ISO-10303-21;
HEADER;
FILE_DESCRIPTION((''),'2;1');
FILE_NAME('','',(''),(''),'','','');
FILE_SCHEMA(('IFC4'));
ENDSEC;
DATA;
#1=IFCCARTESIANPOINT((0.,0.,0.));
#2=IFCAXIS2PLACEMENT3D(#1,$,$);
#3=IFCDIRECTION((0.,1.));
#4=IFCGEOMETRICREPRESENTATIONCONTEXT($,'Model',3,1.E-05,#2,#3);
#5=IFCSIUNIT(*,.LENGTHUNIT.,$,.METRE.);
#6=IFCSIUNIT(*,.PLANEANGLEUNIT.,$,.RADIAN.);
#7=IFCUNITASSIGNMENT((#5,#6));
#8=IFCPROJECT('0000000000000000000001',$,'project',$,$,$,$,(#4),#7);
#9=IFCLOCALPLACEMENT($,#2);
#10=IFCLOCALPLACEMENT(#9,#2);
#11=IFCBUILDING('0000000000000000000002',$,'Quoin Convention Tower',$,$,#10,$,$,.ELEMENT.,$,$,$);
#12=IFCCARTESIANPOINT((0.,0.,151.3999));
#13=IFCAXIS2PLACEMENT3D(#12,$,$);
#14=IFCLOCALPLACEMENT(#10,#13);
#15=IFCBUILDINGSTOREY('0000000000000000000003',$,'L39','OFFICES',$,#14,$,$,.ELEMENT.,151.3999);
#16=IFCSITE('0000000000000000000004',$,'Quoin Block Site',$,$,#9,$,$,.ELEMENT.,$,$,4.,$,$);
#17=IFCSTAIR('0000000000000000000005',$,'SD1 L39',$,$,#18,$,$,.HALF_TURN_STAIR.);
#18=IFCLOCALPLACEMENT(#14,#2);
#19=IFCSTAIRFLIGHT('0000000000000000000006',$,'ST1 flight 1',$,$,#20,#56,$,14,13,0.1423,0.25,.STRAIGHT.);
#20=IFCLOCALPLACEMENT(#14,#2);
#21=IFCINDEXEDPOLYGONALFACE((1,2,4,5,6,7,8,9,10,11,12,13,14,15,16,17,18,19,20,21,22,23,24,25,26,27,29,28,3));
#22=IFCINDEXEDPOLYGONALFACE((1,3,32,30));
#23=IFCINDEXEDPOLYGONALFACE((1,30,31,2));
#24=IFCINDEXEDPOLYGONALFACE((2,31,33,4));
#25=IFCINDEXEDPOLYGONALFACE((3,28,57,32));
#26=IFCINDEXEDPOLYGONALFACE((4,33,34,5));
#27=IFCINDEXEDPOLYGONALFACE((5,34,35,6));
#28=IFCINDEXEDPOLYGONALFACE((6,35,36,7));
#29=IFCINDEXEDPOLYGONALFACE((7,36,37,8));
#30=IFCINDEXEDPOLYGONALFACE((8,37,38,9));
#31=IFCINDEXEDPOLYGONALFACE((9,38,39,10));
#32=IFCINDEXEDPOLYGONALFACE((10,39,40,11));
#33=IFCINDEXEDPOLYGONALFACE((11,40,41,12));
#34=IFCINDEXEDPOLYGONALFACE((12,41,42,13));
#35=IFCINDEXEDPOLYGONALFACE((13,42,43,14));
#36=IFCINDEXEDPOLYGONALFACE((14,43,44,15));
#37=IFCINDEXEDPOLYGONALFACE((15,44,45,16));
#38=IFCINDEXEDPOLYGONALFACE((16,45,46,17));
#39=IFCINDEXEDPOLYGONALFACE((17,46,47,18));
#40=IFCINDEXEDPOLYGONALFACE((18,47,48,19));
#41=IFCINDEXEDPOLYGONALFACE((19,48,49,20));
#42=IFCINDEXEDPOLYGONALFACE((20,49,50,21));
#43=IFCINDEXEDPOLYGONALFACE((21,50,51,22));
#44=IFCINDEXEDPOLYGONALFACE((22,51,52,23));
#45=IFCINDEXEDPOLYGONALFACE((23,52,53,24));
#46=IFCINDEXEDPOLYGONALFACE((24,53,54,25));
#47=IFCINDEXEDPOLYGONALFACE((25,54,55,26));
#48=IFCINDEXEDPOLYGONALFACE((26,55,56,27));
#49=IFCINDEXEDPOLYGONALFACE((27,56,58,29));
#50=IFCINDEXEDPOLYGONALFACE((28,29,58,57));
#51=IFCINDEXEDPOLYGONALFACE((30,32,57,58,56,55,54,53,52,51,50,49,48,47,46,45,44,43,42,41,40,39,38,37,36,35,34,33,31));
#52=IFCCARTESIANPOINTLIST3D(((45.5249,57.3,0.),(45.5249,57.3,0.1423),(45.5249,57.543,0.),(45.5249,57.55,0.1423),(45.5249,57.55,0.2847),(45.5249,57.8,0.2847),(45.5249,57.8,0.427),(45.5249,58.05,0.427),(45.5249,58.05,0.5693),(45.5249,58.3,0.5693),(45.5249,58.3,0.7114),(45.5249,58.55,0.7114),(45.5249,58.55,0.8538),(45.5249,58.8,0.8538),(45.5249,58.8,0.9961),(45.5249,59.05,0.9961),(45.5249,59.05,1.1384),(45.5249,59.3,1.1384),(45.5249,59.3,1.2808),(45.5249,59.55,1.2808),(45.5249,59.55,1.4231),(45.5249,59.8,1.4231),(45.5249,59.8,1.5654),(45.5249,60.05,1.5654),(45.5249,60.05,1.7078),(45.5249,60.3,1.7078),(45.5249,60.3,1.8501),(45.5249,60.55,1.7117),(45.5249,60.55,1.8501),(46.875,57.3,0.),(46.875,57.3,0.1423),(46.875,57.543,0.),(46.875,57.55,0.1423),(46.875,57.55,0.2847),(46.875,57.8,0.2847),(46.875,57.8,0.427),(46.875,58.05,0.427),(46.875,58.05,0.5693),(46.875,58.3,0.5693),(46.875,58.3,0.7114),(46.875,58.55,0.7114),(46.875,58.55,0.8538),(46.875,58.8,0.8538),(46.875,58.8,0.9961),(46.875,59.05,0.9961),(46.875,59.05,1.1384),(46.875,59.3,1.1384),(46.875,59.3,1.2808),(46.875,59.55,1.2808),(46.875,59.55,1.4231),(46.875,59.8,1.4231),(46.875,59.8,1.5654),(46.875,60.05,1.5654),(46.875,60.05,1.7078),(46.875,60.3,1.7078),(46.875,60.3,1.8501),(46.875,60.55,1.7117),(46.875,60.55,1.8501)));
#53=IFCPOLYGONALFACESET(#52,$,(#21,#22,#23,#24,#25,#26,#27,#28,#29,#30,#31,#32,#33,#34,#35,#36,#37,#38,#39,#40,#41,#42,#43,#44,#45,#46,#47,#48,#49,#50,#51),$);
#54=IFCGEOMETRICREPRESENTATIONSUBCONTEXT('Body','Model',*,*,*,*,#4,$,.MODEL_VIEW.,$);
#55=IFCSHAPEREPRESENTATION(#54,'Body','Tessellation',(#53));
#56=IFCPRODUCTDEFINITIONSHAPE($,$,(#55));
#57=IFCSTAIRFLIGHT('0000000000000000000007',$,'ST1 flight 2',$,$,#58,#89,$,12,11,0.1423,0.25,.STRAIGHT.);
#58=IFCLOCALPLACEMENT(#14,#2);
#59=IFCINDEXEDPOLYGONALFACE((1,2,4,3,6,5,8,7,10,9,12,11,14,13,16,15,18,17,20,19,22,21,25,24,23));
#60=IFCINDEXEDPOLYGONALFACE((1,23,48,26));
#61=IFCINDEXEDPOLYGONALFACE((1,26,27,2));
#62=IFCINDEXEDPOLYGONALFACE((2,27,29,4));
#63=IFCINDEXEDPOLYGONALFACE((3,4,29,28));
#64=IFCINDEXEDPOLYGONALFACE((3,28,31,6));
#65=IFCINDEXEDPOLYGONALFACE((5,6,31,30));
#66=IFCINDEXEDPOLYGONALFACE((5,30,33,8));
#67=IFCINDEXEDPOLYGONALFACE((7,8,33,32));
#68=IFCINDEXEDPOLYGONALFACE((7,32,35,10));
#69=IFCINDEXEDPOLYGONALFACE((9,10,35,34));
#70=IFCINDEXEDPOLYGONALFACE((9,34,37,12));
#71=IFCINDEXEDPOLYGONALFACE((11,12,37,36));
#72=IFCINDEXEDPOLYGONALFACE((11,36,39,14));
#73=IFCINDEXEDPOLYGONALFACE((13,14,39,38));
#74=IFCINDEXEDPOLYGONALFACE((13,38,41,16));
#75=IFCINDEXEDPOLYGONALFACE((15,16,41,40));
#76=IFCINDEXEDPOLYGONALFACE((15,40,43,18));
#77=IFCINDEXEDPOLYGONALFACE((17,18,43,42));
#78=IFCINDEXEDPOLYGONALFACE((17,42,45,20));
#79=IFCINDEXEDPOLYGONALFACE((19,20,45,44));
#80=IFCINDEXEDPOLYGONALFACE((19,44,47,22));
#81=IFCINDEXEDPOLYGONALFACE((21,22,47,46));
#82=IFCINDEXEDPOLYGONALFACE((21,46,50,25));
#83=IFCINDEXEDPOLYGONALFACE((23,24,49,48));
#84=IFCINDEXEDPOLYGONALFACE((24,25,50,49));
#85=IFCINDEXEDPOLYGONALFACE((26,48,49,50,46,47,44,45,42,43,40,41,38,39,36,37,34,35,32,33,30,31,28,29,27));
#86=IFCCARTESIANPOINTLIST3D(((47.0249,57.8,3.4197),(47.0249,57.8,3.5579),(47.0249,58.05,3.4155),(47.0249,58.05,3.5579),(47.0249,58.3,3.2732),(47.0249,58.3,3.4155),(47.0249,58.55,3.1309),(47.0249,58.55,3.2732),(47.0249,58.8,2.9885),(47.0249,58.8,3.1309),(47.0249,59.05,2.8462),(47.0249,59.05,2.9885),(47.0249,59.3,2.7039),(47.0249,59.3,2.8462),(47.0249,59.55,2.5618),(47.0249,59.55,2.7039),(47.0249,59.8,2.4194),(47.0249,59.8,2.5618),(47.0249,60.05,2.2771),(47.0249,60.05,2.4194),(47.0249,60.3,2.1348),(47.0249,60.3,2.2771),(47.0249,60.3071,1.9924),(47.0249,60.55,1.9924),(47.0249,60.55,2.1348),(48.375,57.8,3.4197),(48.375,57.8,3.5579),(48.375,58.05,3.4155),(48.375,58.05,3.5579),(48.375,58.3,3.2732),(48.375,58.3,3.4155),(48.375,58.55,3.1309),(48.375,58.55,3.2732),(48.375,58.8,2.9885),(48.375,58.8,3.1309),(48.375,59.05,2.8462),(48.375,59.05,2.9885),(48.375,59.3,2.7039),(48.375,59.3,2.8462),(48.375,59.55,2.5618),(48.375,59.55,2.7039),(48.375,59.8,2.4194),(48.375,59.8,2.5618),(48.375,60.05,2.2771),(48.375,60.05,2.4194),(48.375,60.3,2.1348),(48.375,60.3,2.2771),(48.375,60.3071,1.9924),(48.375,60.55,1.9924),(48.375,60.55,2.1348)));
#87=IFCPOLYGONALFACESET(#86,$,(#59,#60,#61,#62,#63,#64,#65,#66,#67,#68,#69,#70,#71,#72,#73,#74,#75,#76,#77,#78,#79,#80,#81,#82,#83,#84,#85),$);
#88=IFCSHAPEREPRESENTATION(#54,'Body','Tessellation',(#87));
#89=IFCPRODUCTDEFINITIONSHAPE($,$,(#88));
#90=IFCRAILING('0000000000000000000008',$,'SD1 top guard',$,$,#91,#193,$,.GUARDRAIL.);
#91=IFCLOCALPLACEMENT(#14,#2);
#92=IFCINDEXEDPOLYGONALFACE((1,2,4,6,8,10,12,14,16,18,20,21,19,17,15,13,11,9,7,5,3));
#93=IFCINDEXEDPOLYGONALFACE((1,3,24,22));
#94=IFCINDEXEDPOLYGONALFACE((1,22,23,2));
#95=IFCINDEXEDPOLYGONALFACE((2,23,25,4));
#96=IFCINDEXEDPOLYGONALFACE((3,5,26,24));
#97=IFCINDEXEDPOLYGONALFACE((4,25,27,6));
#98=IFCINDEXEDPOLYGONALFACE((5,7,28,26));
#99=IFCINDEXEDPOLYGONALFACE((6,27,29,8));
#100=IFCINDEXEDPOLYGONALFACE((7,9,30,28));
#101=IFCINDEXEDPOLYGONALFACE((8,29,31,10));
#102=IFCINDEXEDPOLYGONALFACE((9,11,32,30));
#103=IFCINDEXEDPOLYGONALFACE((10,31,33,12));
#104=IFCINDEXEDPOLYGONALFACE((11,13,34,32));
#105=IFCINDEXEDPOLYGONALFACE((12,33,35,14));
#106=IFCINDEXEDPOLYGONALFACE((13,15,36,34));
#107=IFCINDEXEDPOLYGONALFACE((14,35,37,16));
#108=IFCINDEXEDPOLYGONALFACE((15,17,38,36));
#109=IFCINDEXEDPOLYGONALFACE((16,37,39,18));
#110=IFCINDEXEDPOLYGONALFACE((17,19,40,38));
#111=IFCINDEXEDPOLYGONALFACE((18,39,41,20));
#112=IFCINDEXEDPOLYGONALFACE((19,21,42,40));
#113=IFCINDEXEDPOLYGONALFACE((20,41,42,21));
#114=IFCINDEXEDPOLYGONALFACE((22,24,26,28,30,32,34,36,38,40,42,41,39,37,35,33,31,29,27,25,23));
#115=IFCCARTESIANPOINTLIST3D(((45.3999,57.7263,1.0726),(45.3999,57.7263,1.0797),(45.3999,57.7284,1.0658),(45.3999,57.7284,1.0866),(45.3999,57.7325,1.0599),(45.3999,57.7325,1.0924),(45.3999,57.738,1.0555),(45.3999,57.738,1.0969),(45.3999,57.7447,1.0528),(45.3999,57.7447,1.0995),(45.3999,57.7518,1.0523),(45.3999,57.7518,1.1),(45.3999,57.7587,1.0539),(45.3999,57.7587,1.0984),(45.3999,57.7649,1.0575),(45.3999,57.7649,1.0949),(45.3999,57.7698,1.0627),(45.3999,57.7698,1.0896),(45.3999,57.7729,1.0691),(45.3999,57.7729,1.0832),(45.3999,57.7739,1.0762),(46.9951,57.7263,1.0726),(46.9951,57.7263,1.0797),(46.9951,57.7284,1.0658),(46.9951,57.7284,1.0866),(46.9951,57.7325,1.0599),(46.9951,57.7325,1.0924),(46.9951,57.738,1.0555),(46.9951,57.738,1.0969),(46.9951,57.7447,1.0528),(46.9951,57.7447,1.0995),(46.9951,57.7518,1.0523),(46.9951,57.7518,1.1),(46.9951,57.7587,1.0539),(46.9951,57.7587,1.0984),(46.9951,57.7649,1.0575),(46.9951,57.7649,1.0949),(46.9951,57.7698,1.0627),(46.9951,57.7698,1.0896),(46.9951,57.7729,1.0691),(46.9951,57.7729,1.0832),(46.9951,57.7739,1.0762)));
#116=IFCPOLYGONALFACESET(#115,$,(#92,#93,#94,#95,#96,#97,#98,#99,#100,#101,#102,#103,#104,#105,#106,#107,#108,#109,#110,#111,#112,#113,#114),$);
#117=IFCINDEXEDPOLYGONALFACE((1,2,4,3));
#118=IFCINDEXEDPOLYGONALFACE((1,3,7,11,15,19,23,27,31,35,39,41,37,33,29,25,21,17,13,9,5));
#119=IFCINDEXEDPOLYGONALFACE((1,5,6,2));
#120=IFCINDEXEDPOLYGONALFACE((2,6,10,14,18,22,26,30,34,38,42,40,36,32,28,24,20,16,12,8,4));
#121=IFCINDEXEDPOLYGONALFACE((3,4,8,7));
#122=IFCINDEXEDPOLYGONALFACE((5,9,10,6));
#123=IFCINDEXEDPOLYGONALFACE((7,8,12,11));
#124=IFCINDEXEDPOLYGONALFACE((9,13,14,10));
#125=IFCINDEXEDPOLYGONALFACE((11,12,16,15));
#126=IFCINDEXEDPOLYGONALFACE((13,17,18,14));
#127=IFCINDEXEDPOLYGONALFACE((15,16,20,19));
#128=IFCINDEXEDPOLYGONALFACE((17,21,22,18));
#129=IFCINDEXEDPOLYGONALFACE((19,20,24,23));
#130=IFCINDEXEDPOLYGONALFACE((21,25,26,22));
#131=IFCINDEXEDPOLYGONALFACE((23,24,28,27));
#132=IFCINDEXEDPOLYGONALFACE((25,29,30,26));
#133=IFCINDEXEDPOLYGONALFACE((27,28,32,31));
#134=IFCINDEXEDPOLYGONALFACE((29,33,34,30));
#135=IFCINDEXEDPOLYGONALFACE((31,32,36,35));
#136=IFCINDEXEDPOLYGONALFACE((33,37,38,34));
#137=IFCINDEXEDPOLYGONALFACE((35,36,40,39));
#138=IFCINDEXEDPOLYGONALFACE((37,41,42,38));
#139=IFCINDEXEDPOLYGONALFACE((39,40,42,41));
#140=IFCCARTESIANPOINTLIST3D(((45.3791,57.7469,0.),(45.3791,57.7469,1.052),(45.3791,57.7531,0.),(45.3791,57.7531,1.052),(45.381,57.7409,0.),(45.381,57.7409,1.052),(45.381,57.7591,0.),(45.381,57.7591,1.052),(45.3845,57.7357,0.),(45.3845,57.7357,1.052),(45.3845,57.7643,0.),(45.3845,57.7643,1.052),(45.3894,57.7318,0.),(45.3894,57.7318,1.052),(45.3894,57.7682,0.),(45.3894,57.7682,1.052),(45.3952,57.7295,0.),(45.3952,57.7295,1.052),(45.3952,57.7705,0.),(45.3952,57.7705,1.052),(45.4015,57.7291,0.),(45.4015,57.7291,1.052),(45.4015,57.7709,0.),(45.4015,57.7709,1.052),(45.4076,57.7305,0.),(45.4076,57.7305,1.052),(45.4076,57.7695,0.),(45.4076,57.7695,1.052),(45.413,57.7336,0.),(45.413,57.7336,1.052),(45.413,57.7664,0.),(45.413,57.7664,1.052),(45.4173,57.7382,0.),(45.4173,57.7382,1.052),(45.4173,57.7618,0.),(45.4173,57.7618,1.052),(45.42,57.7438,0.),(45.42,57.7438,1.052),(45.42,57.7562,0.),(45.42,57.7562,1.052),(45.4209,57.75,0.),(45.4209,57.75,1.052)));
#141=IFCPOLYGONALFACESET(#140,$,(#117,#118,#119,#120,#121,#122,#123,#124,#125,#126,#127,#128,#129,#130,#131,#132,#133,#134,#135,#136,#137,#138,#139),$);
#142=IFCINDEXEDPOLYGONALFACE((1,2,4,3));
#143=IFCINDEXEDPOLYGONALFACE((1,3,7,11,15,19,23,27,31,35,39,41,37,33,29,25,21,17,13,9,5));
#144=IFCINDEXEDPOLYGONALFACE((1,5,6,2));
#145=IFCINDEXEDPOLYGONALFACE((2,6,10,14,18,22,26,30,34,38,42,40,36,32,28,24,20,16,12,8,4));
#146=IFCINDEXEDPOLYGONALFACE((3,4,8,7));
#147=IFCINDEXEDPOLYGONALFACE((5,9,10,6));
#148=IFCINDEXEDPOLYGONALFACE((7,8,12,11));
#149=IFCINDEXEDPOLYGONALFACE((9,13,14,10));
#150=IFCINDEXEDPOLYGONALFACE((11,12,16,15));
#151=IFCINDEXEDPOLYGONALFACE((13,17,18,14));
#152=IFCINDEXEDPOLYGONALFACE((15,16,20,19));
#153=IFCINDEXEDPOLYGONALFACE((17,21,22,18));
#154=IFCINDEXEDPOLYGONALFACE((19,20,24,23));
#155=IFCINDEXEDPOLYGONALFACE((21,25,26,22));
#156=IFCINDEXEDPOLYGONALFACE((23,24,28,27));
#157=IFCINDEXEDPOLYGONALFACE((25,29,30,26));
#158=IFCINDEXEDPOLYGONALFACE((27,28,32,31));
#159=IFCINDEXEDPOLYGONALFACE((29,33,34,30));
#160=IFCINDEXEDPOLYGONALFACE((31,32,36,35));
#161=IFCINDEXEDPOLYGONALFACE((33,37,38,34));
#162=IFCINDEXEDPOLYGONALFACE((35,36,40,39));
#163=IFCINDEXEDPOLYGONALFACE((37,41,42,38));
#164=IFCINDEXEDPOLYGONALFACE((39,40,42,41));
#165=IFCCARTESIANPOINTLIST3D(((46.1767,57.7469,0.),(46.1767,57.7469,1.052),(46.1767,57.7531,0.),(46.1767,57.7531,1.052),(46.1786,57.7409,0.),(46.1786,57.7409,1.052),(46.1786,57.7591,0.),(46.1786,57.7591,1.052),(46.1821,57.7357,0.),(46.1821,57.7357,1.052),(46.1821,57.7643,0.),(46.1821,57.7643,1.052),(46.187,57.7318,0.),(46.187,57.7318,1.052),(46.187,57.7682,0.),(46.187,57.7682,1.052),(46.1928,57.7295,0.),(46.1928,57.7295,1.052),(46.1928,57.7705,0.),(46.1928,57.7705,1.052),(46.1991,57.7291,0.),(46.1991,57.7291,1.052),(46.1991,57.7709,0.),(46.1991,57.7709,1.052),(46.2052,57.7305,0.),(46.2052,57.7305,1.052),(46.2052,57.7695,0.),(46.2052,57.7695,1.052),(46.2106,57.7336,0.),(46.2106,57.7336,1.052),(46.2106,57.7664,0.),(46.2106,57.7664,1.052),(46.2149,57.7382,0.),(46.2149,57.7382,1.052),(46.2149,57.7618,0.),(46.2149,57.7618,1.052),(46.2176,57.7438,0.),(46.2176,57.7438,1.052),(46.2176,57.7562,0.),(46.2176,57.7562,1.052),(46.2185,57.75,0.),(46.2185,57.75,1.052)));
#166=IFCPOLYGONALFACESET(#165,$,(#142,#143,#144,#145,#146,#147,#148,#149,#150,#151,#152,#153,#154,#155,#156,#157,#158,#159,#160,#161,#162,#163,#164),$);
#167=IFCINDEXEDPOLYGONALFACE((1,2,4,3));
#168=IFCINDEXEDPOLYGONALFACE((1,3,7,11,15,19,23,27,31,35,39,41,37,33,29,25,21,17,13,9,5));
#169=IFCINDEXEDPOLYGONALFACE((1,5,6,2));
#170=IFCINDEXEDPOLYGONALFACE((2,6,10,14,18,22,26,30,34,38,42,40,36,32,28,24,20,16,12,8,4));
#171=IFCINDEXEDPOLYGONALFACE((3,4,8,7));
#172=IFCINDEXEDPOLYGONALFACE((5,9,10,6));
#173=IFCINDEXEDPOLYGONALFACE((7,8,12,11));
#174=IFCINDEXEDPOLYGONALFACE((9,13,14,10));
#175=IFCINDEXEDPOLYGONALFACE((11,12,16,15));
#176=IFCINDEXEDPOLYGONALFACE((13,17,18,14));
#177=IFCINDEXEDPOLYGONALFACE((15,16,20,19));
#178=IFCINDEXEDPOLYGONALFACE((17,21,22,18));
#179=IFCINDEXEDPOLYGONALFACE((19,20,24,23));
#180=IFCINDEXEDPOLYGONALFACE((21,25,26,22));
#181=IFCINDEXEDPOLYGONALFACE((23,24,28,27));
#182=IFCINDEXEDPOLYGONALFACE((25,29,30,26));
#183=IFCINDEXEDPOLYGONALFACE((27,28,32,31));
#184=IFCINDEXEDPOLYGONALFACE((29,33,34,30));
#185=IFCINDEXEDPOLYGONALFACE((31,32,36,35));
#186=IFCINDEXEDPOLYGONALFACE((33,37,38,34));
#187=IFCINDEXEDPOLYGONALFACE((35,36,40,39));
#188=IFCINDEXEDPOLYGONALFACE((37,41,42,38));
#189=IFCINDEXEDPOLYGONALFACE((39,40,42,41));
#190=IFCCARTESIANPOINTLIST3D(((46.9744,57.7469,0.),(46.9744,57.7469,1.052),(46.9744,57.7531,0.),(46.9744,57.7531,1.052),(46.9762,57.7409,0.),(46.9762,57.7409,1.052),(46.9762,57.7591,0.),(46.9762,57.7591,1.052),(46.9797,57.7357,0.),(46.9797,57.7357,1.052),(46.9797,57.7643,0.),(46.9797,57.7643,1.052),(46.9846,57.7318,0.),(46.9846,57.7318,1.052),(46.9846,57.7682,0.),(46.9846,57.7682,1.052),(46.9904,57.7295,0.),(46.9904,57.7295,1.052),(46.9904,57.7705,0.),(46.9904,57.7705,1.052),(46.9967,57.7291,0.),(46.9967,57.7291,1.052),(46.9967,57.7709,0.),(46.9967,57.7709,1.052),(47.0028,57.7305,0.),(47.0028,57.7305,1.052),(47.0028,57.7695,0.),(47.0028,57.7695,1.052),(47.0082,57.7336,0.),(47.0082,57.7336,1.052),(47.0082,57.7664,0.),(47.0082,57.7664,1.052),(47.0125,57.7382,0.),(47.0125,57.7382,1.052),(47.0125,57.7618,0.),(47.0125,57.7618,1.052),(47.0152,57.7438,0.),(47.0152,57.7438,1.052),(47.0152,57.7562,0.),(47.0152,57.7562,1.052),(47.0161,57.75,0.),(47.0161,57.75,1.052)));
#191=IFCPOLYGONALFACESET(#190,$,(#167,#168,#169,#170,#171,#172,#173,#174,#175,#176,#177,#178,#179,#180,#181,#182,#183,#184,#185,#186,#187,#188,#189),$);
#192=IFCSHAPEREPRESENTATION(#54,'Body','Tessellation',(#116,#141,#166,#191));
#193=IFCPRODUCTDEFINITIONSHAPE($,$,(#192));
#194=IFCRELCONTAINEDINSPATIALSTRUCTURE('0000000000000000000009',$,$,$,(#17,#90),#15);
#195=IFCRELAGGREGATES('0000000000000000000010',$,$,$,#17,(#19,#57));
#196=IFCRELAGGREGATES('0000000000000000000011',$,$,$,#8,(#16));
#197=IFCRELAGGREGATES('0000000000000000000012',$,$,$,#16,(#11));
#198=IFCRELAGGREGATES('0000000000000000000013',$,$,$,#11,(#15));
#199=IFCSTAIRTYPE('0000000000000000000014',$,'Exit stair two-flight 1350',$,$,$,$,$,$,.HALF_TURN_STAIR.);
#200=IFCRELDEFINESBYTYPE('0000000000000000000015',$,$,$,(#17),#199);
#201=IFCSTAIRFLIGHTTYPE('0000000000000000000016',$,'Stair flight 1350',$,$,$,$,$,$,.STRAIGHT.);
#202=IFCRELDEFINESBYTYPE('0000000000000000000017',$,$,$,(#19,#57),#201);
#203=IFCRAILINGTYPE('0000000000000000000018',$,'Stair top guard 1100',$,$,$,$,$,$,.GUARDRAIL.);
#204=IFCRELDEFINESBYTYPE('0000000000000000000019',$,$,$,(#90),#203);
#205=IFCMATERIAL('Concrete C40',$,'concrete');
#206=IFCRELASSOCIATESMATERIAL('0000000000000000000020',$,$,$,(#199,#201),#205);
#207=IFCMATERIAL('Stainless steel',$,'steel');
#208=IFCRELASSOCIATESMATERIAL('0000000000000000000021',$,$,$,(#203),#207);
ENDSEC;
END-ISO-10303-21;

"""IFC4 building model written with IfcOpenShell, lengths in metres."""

from ifc_helpers import new_model, si_unit, direction, frame, origin, origin_2d, place, context, subcontext, project, spatial, polyline, circle, outline, extrude, material, type_object, element, aggregate, save


model = new_model("IFC4")

# Units and contexts
model_context = context("Model", 3, precision=1e-05, world=origin(), true_north=direction((0.0, 1.0)))
body_context = subcontext(model_context, "Body", "Model", "MODEL_VIEW")
ifc_project = project(units=[si_unit("LENGTHUNIT", "METRE"), si_unit("PLANEANGLEUNIT", "RADIAN")], contexts=[model_context])

# Site, building, storey
site_placement = place(None, origin())
site = spatial("IfcSite", under=ifc_project, at=site_placement, Name="Quoin Block Site", CompositionType="ELEMENT", RefElevation=4.0)
building_placement = place(site_placement, origin())
building = spatial("IfcBuilding", under=site, at=building_placement, Name="Quoin Convention Tower", CompositionType="ELEMENT")
storey_placement = place(building_placement, frame((0.0, 0.0, 151.3999)))
storey = spatial("IfcBuildingStorey", under=building, at=storey_placement, Name="L39", Description="OFFICES", CompositionType="ELEMENT", Elevation=151.3999)

# Stair, stair flights
ifc_material_1 = material(Name="Concrete C40", Category="concrete")
stair_type = type_object("IfcStairType", Name="Exit stair two-flight 1350", PredefinedType="HALF_TURN_STAIR", material=ifc_material_1)
stair_placement = place(storey_placement, origin())
stair = element("IfcStair", 1, at=stair_placement, inside=storey, type_object=stair_type, Name="SD1 L39", PredefinedType="HALF_TURN_STAIR")
stair_flight_type = type_object("IfcStairFlightType", Name="Stair flight 1350", PredefinedType="STRAIGHT", material=ifc_material_1)
stair_flight_1_placement = place(storey_placement, frame((46.2, 57.3, 0.0), z_axis=(0.0, 0.0, 1.0), x_axis=(0.0, 1.0, 0.0)))
stair_flight_1 = element("IfcStairFlight", 2, at=stair_flight_1_placement, type_object=stair_flight_type, Name="ST1 flight 1", NumberOfRisers=14, NumberOfTreads=13, PredefinedType="STRAIGHT", RiserHeight=0.1423, TreadLength=0.25, context=body_context, shape_type="SweptSolid", body=[
    extrude(outline(polyline([(0.0, 0.0), (0.0, 0.1423), (0.25, 0.1423), (0.25, 0.2847), (0.5, 0.2847), (0.5, 0.427), (0.75, 0.427), (0.75, 0.5693), (1.0, 0.5693), (1.0, 0.7114), (1.25, 0.7114), (1.25, 0.8538), (1.5, 0.8538), (1.5, 0.9961), (1.75, 0.9961), (1.75, 1.1384), (2.0, 1.1384), (2.0, 1.2808), (2.25, 1.2808), (2.25, 1.4231), (2.5, 1.4231), (2.5, 1.5654), (2.75, 1.5654), (2.75, 1.7078), (3.0, 1.7078), (3.0, 1.8501), (3.25, 1.8501), (3.25, 1.9922), (3.25, 1.7117), (0.2429, 0.0), (0.0, 0.0)])), frame((0.0, 0.675, 0.0), z_axis=(0.0, -1.0, 0.0), x_axis=(1.0, 0.0, 0.0)), (0.0, 0.0, 1.0), 1.3501),
])
stair_flight_2_placement = place(storey_placement, frame((47.7, 60.55, 1.9924), z_axis=(0.0, 0.0, 1.0), x_axis=(0.0, -1.0, 0.0)))
stair_flight_2 = element("IfcStairFlight", 3, at=stair_flight_2_placement, type_object=stair_flight_type, Name="ST1 flight 2", NumberOfRisers=12, NumberOfTreads=11, PredefinedType="STRAIGHT", RiserHeight=0.1423, TreadLength=0.25, context=body_context, shape_type="SweptSolid", body=[
    extrude(outline(polyline([(0.0, 0.0), (0.0, 0.1423), (0.25, 0.1423), (0.25, 0.2847), (0.5, 0.2847), (0.5, 0.427), (0.75, 0.427), (0.75, 0.5693), (1.0, 0.5693), (1.0, 0.7114), (1.25, 0.7114), (1.25, 0.8538), (1.5, 0.8538), (1.5, 0.9961), (1.75, 0.9961), (1.75, 1.1384), (2.0, 1.1384), (2.0, 1.2808), (2.25, 1.2808), (2.25, 1.4231), (2.5, 1.4231), (2.5, 1.5654), (2.75, 1.5654), (2.75, 1.7078), (2.75, 1.4272), (0.2429, 0.0), (0.0, 0.0)])), frame((0.0, 0.675, 0.0), z_axis=(0.0, -1.0, 0.0), x_axis=(1.0, 0.0, 0.0)), (0.0, 0.0, 1.0), 1.3501),
])
aggregate(stair, [stair_flight_1, stair_flight_2])

# Railing
ifc_material_2 = material(Name="Stainless steel", Category="steel")
railing_type_1 = type_object("IfcRailingType", Name="Stair top guard 1100", PredefinedType="GUARDRAIL", material=ifc_material_2)
railing_1_placement = place(storey_placement, frame((45.3999, 57.75, 0.0)))
element("IfcRailing", 4, at=railing_1_placement, inside=storey, type_object=railing_type_1, Name="SD1 top guard", PredefinedType="GUARDRAIL", context=body_context, shape_type="SweptSolid", body=[
    extrude(circle(Radius=0.0239, at=origin_2d()), frame((0.0, 0.0, 1.0762), z_axis=(1.0, 0.0, 0.0), x_axis=(0.0, 1.0, 0.0)), (0.0, 0.0, 1.0), 1.5952),
    extrude(circle(Radius=0.021, at=origin_2d()), origin(), (0.0, 0.0, 1.0), 1.052),
    extrude(circle(Radius=0.021, at=origin_2d()), frame((0.7976, 0.0, 0.0)), (0.0, 0.0, 1.0), 1.052),
    extrude(circle(Radius=0.021, at=origin_2d()), frame((1.5952, 0.0, 0.0)), (0.0, 0.0, 1.0), 1.052),
])

save(model, "model.ifc")
